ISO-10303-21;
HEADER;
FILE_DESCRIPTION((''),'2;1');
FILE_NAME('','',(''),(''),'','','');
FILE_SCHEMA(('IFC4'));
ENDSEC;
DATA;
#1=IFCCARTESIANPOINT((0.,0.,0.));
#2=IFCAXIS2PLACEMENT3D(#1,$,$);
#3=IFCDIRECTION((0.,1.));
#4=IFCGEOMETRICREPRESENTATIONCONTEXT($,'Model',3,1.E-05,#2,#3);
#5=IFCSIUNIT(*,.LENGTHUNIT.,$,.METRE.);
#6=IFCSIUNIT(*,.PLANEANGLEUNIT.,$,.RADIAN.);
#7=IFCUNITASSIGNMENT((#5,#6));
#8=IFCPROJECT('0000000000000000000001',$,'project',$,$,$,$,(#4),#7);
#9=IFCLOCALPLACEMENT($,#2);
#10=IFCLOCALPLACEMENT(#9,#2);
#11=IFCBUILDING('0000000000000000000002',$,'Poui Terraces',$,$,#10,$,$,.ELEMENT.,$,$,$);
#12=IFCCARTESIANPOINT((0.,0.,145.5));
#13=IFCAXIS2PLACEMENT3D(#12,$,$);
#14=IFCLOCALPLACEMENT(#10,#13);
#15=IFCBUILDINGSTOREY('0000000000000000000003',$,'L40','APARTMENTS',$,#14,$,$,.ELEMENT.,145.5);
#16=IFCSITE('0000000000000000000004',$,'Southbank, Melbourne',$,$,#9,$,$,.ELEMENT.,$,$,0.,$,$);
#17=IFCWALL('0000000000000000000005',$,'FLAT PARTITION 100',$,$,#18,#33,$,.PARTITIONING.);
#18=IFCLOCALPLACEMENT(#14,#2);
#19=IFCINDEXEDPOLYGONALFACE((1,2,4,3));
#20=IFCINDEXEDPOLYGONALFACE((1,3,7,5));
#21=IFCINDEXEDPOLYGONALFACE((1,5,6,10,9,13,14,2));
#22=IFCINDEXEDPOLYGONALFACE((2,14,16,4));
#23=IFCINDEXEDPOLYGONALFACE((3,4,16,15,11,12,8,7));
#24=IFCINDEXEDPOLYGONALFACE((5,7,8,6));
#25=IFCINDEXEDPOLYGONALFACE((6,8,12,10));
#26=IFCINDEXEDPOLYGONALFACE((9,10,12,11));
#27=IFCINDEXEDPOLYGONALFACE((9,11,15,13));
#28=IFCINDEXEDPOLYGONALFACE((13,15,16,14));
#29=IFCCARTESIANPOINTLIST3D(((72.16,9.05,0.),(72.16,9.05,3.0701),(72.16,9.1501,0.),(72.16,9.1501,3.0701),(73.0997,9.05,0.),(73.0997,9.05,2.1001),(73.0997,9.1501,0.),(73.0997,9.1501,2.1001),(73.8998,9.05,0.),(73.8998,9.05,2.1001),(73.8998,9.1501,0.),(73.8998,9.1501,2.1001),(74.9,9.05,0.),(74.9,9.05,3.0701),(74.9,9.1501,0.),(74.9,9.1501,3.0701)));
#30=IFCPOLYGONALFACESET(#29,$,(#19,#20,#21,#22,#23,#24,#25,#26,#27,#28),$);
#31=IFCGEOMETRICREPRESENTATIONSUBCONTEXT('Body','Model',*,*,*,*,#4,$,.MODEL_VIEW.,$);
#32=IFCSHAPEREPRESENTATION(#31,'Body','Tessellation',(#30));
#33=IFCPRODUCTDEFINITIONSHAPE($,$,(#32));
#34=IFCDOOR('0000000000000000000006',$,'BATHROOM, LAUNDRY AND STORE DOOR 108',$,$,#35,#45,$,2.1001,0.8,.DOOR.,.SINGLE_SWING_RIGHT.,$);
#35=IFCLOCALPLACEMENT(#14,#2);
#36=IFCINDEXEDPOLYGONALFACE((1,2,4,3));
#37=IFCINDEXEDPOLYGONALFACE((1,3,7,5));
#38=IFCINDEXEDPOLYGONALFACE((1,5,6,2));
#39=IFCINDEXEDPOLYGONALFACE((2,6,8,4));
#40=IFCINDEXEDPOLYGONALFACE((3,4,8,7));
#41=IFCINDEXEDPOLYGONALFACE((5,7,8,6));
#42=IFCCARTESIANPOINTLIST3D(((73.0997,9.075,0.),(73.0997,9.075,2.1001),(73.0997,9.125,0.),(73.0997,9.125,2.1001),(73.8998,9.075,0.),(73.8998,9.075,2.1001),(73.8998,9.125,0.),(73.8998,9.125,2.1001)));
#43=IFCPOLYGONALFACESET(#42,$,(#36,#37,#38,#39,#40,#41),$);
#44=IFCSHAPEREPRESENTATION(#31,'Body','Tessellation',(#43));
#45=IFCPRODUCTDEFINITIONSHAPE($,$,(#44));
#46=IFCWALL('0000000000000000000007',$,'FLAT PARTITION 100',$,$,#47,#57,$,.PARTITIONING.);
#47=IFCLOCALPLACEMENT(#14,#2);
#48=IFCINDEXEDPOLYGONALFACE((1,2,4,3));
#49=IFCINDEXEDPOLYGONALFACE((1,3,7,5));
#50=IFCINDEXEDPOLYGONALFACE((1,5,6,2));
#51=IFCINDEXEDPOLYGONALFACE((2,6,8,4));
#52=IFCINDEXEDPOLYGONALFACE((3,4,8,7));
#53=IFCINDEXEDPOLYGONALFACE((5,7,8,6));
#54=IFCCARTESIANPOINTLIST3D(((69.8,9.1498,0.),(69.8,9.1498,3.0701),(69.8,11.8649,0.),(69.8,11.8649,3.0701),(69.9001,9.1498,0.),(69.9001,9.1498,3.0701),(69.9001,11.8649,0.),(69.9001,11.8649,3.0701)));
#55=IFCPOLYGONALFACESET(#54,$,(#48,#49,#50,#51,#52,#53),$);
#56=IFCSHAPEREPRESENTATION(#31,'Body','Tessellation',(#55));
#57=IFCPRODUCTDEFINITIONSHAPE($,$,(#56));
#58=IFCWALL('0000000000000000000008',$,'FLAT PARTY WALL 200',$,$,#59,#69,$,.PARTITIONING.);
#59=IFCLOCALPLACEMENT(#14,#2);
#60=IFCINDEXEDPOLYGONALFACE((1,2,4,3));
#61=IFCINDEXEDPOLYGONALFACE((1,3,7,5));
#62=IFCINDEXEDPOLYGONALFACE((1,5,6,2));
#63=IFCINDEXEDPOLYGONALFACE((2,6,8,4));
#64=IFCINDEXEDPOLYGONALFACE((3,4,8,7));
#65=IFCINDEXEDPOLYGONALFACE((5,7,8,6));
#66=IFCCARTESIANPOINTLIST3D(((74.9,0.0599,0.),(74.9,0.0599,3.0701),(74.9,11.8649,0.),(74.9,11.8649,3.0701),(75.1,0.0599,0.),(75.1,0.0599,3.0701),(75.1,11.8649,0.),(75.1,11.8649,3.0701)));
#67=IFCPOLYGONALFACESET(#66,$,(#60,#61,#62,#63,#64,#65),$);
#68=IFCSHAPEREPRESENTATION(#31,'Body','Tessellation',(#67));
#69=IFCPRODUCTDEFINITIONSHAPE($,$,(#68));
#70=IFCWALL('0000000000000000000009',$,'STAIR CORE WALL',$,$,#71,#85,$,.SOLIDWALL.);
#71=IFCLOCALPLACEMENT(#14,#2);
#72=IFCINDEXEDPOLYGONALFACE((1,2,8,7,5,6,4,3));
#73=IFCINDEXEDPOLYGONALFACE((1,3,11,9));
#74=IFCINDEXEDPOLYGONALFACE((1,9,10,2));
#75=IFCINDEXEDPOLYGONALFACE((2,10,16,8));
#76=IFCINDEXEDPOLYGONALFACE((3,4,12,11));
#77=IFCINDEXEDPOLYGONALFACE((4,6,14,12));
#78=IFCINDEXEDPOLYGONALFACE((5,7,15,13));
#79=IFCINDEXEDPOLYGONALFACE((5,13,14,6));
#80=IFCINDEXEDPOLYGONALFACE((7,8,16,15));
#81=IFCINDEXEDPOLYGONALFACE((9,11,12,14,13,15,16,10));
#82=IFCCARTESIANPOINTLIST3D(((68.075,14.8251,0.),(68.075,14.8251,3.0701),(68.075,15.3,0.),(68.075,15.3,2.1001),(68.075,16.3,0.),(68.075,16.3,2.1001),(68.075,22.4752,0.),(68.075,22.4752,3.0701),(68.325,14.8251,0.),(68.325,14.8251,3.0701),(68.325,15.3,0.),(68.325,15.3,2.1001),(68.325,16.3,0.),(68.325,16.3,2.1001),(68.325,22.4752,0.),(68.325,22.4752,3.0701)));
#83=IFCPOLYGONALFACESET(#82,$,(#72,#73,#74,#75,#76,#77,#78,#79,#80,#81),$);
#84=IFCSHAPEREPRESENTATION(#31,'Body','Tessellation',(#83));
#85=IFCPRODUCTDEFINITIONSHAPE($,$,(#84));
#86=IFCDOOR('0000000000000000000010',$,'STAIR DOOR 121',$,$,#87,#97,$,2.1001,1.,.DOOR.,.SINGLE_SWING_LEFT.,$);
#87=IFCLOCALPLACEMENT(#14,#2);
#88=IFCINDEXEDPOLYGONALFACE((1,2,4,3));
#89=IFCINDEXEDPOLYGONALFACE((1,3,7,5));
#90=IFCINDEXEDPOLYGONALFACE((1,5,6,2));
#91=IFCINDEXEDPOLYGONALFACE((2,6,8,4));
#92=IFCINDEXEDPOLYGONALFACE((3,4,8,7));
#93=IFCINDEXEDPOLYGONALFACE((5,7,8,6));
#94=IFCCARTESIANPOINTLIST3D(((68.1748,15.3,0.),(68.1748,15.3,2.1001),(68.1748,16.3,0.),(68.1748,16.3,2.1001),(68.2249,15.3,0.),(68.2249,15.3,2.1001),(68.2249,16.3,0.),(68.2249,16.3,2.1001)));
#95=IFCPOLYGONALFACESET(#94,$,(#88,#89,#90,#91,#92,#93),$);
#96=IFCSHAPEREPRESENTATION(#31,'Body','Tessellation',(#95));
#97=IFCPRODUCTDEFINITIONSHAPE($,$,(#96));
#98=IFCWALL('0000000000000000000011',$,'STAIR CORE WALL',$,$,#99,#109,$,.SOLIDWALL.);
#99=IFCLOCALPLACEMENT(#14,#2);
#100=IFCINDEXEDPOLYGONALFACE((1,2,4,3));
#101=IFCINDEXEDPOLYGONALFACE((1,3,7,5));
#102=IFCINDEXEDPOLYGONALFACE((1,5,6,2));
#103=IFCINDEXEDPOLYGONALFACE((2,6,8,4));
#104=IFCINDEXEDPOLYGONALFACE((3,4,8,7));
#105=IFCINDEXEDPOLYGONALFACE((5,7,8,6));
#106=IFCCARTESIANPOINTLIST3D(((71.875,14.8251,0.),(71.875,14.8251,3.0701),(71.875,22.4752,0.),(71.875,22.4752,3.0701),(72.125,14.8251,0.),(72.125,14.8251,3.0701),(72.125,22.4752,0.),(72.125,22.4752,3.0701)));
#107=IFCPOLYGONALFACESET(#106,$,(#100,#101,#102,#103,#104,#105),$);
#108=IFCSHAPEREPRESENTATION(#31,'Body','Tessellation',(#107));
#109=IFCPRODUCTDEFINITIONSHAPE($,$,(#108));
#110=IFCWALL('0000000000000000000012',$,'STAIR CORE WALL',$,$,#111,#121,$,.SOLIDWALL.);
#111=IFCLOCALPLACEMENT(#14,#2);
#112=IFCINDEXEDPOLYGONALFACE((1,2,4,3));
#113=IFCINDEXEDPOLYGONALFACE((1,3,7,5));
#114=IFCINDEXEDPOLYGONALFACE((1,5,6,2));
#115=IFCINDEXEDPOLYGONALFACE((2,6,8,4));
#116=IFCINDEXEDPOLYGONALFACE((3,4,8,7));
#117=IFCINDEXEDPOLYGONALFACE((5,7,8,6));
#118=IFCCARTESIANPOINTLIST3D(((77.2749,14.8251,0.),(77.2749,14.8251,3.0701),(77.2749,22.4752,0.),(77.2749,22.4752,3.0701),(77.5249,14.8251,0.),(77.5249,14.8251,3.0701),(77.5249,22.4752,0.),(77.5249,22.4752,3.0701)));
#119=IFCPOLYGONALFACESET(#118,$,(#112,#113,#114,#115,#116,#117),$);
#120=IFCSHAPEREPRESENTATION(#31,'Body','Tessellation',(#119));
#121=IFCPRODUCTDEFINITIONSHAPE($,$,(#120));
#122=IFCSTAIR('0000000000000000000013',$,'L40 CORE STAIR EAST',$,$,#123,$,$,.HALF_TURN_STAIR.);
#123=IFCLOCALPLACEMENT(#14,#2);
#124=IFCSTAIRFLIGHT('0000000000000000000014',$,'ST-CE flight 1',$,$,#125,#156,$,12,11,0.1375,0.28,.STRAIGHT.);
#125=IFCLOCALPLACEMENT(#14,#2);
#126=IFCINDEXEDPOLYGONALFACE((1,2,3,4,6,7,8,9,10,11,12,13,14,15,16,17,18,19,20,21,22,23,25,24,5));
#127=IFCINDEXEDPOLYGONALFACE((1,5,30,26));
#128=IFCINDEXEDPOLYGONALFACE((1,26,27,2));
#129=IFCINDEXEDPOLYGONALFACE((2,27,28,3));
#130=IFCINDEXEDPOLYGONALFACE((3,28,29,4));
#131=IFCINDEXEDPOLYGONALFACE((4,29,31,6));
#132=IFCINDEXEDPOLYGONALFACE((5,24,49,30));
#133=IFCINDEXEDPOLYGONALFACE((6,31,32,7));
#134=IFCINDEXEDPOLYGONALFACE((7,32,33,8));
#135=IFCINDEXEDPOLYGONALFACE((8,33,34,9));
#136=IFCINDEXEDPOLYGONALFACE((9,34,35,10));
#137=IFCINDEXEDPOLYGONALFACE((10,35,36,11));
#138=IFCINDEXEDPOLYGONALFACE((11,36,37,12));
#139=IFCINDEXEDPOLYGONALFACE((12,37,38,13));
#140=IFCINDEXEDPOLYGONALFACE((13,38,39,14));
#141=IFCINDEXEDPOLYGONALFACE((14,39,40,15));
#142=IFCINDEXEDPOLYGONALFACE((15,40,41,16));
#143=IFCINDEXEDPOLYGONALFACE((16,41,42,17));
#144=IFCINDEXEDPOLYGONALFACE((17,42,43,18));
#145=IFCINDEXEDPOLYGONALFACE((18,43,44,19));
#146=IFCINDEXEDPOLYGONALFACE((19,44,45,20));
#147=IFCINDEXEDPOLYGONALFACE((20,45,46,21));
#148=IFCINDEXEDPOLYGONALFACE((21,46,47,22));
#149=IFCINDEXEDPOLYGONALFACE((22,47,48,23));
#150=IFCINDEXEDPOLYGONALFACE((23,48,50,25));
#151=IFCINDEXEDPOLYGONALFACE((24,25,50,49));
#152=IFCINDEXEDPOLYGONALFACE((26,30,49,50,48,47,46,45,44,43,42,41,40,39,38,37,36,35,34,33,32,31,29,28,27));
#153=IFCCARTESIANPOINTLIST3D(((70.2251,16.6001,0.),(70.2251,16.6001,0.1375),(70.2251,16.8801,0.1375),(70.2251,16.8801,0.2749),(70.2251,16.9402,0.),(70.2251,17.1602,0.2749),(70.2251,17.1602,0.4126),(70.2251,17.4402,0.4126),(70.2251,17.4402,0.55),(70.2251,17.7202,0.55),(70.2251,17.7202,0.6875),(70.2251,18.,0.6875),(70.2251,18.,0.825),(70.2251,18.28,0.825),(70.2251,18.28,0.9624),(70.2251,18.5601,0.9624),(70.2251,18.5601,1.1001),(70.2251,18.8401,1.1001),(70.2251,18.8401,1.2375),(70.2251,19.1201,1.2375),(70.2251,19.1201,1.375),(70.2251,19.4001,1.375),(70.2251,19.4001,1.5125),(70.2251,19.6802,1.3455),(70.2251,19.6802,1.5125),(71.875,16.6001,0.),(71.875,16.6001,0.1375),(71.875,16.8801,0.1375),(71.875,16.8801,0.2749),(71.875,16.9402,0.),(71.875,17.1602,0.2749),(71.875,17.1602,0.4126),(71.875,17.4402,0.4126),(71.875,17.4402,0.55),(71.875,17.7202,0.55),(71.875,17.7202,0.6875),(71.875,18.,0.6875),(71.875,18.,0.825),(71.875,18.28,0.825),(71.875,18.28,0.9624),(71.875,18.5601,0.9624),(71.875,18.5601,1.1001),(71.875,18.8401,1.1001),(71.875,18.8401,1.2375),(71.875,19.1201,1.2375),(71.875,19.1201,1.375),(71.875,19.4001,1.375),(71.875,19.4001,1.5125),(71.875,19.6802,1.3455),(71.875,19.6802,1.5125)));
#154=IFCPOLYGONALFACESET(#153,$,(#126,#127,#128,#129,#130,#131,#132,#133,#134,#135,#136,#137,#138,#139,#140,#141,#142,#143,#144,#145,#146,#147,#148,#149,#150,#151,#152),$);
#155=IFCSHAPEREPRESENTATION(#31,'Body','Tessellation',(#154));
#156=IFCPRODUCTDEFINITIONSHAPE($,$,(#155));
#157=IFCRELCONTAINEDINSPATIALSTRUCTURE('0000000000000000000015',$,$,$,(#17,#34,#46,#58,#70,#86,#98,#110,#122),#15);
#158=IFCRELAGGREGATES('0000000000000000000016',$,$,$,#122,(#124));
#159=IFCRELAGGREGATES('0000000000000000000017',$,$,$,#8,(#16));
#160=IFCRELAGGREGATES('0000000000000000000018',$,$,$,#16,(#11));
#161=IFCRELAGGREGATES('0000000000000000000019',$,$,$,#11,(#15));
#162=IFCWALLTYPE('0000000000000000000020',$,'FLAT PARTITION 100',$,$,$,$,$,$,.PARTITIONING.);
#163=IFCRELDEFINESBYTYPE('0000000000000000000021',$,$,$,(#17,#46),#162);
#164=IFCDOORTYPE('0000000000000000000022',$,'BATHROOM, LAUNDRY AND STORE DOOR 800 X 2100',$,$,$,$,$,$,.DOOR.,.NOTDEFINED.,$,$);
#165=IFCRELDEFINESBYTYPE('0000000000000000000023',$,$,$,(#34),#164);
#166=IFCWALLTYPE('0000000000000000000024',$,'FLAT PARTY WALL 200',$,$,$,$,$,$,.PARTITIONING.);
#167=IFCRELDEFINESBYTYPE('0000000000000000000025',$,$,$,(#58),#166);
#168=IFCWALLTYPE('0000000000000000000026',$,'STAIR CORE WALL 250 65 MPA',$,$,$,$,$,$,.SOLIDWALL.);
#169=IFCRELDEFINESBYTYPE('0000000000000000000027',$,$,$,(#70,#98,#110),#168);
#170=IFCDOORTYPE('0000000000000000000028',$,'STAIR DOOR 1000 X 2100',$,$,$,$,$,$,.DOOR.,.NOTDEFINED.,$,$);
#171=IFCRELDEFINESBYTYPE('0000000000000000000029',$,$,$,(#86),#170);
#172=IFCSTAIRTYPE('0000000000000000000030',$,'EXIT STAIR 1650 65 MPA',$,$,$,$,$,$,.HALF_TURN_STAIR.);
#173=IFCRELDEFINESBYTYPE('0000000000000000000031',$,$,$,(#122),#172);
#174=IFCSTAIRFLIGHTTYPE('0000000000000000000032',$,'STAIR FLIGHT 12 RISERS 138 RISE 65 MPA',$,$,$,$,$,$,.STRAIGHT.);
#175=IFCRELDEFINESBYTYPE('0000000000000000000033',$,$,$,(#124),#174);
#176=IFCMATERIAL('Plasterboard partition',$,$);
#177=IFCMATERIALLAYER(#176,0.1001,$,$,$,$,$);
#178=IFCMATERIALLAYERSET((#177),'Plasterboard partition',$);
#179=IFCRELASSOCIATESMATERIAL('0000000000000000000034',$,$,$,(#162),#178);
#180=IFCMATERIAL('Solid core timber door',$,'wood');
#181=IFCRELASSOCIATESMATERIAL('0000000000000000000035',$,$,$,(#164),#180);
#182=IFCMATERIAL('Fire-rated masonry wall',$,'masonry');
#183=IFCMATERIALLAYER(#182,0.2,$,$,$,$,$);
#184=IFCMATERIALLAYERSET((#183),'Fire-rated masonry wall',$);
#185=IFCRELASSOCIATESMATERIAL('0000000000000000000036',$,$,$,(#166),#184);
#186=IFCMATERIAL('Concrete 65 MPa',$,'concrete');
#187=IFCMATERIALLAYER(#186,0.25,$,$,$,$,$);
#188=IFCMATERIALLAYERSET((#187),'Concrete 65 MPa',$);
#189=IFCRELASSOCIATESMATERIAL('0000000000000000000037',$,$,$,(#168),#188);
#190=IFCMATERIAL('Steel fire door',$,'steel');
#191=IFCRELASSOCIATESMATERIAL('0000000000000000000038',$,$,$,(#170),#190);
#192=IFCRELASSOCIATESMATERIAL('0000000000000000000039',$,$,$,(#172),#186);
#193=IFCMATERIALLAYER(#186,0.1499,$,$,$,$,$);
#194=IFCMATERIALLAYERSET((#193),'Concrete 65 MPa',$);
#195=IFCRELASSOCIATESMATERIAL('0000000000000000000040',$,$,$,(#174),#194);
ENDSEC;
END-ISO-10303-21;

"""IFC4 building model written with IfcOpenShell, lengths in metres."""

from ifc_helpers import new_model, si_unit, direction, frame, frame_2d, origin, place, context, subcontext, project, spatial, polyline, rectangle, outline, extrude, material, layer, layer_set, type_object, element, fill, aggregate, save


model = new_model("IFC4")

# Units and contexts
model_context = context("Model", 3, precision=1e-05, world=origin(), true_north=direction((0.0, 1.0)))
body_context = subcontext(model_context, "Body", "Model", "MODEL_VIEW")
ifc_project = project(units=[si_unit("LENGTHUNIT", "METRE"), si_unit("PLANEANGLEUNIT", "RADIAN")], contexts=[model_context])

# Site, building, storey
site_placement = place(None, origin())
site = spatial("IfcSite", under=ifc_project, at=site_placement, Name="Southbank, Melbourne", CompositionType="ELEMENT", RefElevation=0.0)
building_placement = place(site_placement, origin())
building = spatial("IfcBuilding", under=site, at=building_placement, Name="Poui Terraces", CompositionType="ELEMENT")
storey_placement = place(building_placement, frame((0.0, 0.0, 145.5)))
storey = spatial("IfcBuildingStorey", under=building, at=storey_placement, Name="L40", Description="APARTMENTS", CompositionType="ELEMENT", Elevation=145.5)

# Shared definitions
ifc_material_1 = material(Name="Concrete 65 MPa", Category="concrete")

# Wall, opening, door
ifc_material_2 = material(Name="Solid core timber door", Category="wood")
ifc_material_3 = material(Name="Plasterboard partition")
ifc_layer_1 = layer(ifc_material_3, 0.1001)
ifc_layer_set_1 = layer_set([ifc_layer_1], Name="Plasterboard partition")
wall_type_1 = type_object("IfcWallType", Name="FLAT PARTITION 100", PredefinedType="PARTITIONING", material=ifc_layer_set_1)
door_type_1 = type_object("IfcDoorType", Name="BATHROOM, LAUNDRY AND STORE DOOR 800 X 2100", OperationType="NOTDEFINED", PredefinedType="DOOR", material=ifc_material_2)
wall_1_placement = place(storey_placement, frame((72.1599, 9.1001, 0.0), z_axis=(0.0, 0.0, 1.0), x_axis=(1.0, 0.0, 0.0)))
wall_1 = element("IfcWall", 1, at=wall_1_placement, inside=storey, type_object=wall_type_1, Name="FLAT PARTITION 100", PredefinedType="PARTITIONING", context=body_context, shape_type="SweptSolid", body=[
    extrude(rectangle(XDim=2.74, YDim=0.1001, at=frame_2d((1.3701, 0.0))), origin(), (0.0, 0.0, 1.0), 3.0701),
])
opening_1_placement = place(wall_1_placement, frame((0.9399, 0.0, 0.0)))
opening_1 = element("IfcOpeningElement", 2, at=opening_1_placement, cuts=wall_1, PredefinedType="OPENING", context=body_context, shape_type="SweptSolid", body=[
    extrude(rectangle(XDim=0.8, YDim=2.1001, at=frame_2d((0.3999, 1.05))), frame((0.0, 0.0601, 0.0), z_axis=(0.0, -1.0, 0.0), x_axis=(1.0, 0.0, 0.0)), (0.0, 0.0, 1.0), 0.1201),
])
door_1_placement = place(opening_1_placement, origin())
door_1 = element("IfcDoor", 3, at=door_1_placement, inside=storey, type_object=door_type_1, Name="BATHROOM, LAUNDRY AND STORE DOOR 108", OperationType="SINGLE_SWING_RIGHT", OverallHeight=2.1001, OverallWidth=0.8, PredefinedType="DOOR", context=body_context, shape_type="SweptSolid", body=[
    extrude(rectangle(XDim=0.8, YDim=2.1001, at=frame_2d((0.3999, 1.05))), frame((0.0, 0.0249, 0.0), z_axis=(0.0, -1.0, 0.0), x_axis=(1.0, 0.0, 0.0)), (0.0, 0.0, 1.0), 0.05),
])
fill(opening_1, door_1)

# Walls
wall_2_placement = place(storey_placement, frame((69.8501, 9.1499, 0.0), z_axis=(0.0, 0.0, 1.0), x_axis=(0.0, 1.0, 0.0)))
element("IfcWall", 4, at=wall_2_placement, inside=storey, type_object=wall_type_1, Name="FLAT PARTITION 100", PredefinedType="PARTITIONING", context=body_context, shape_type="SweptSolid", body=[
    extrude(rectangle(XDim=2.7151, YDim=0.1001, at=frame_2d((1.3574, 0.0))), origin(), (0.0, 0.0, 1.0), 3.0701),
])
ifc_material_4 = material(Name="Fire-rated masonry wall", Category="masonry")
ifc_layer_2 = layer(ifc_material_4, 0.2)
ifc_layer_set_2 = layer_set([ifc_layer_2], Name="Fire-rated masonry wall")
wall_type_2 = type_object("IfcWallType", Name="FLAT PARTY WALL 200", PredefinedType="PARTITIONING", material=ifc_layer_set_2)
wall_3_placement = place(storey_placement, frame((75.0, 0.0601, 0.0), z_axis=(0.0, 0.0, 1.0), x_axis=(0.0, 1.0, 0.0)))
element("IfcWall", 5, at=wall_3_placement, inside=storey, type_object=wall_type_2, Name="FLAT PARTY WALL 200", PredefinedType="PARTITIONING", context=body_context, shape_type="SweptSolid", body=[
    extrude(rectangle(XDim=11.8049, YDim=0.2, at=frame_2d((5.9023, 0.0))), origin(), (0.0, 0.0, 1.0), 3.0701),
])

# Wall, opening, door
ifc_layer_3 = layer(ifc_material_1, 0.25)
ifc_layer_set_3 = layer_set([ifc_layer_3], Name="Concrete 65 MPa")
wall_type_3 = type_object("IfcWallType", Name="STAIR CORE WALL 250 65 MPA", PredefinedType="SOLIDWALL", material=ifc_layer_set_3)
wall_4_placement = place(storey_placement, frame((68.2, 14.825, 0.0), z_axis=(0.0, 0.0, 1.0), x_axis=(0.0, 1.0, 0.0)))
wall_4 = element("IfcWall", 6, at=wall_4_placement, inside=storey, type_object=wall_type_3, Name="STAIR CORE WALL", PredefinedType="SOLIDWALL", context=body_context, shape_type="SweptSolid", body=[
    extrude(rectangle(XDim=7.6501, YDim=0.25, at=frame_2d((3.8252, 0.0))), origin(), (0.0, 0.0, 1.0), 3.0701),
])
opening_2_placement = place(wall_4_placement, frame((0.4751, 0.0, 0.0)))
opening_2 = element("IfcOpeningElement", 7, at=opening_2_placement, cuts=wall_4, PredefinedType="OPENING", context=body_context, shape_type="SweptSolid", body=[
    extrude(rectangle(XDim=1.0, YDim=2.1001, at=frame_2d((0.5, 1.05))), frame((0.0, 0.135, 0.0), z_axis=(0.0, -1.0, 0.0), x_axis=(1.0, 0.0, 0.0)), (0.0, 0.0, 1.0), 0.27),
])
ifc_material_5 = material(Name="Steel fire door", Category="steel")
door_type_2 = type_object("IfcDoorType", Name="STAIR DOOR 1000 X 2100", OperationType="NOTDEFINED", PredefinedType="DOOR", material=ifc_material_5)
door_2_placement = place(opening_2_placement, frame((1.0, 0.0, 0.0), z_axis=(0.0, 0.0, 1.0), x_axis=(-1.0, 0.0, 0.0)))
door_2 = element("IfcDoor", 8, at=door_2_placement, inside=storey, type_object=door_type_2, Name="STAIR DOOR 121", OperationType="SINGLE_SWING_LEFT", OverallHeight=2.1001, OverallWidth=1.0, PredefinedType="DOOR", context=body_context, shape_type="SweptSolid", body=[
    extrude(rectangle(XDim=1.0, YDim=2.1001, at=frame_2d((0.5, 1.05))), frame((0.0, 0.0249, 0.0), z_axis=(0.0, -1.0, 0.0), x_axis=(1.0, 0.0, 0.0)), (0.0, 0.0, 1.0), 0.05),
])
fill(opening_2, door_2)

# Walls
for number, where, z_axis, x_axis, name in (
    (9, (72.0, 14.825, 0.0), (0.0, 0.0, 1.0), (0.0, 1.0, 0.0), "STAIR CORE WALL"),
    (10, (77.3999, 14.825, 0.0), (0.0, 0.0, 1.0), (0.0, 1.0, 0.0), "STAIR CORE WALL"),
):
    element("IfcWall", number, at=place(storey_placement, frame(where, z_axis=z_axis, x_axis=x_axis)), inside=storey, type_object=wall_type_3, Name=name, PredefinedType="SOLIDWALL", context=body_context, shape_type="SweptSolid", body=[
        extrude(rectangle(XDim=7.6501, YDim=0.25, at=frame_2d((3.8252, 0.0))), origin(), (0.0, 0.0, 1.0), 3.0701),
    ])

# Stair, stair flight
stair_type = type_object("IfcStairType", Name="EXIT STAIR 1650 65 MPA", PredefinedType="HALF_TURN_STAIR", material=ifc_material_1)
stair_placement = place(storey_placement, origin())
stair = element("IfcStair", 11, at=stair_placement, inside=storey, type_object=stair_type, Name="L40 CORE STAIR EAST", PredefinedType="HALF_TURN_STAIR")
ifc_layer_4 = layer(ifc_material_1, 0.1499)
ifc_layer_set_4 = layer_set([ifc_layer_4], Name="Concrete 65 MPa")
stair_flight_type = type_object("IfcStairFlightType", Name="STAIR FLIGHT 12 RISERS 138 RISE 65 MPA", PredefinedType="STRAIGHT", material=ifc_layer_set_4)
stair_flight_1_placement = place(storey_placement, frame((71.05, 16.6001, 0.0), z_axis=(0.0, 0.0, 1.0), x_axis=(0.0, 1.0, 0.0)))
stair_flight_1 = element("IfcStairFlight", 12, at=stair_flight_1_placement, type_object=stair_flight_type, Name="ST-CE flight 1", NumberOfRisers=12, NumberOfTreads=11, PredefinedType="STRAIGHT", RiserHeight=0.1375, TreadLength=0.28, context=body_context, shape_type="SweptSolid", body=[
    extrude(outline(polyline([(0.0, 0.0), (0.0, 0.1375), (0.28, 0.1375), (0.28, 0.2749), (0.5601, 0.2749), (0.5601, 0.4126), (0.8401, 0.4126), (0.8401, 0.55), (1.1201, 0.55), (1.1201, 0.6875), (1.3999, 0.6875), (1.3999, 0.825), (1.6799, 0.825), (1.6799, 0.9624), (1.96, 0.9624), (1.96, 1.1001), (2.24, 1.1001), (2.24, 1.2375), (2.52, 1.2375), (2.52, 1.375), (2.8, 1.375), (2.8, 1.5125), (3.0801, 1.5125), (3.0801, 1.6499), (3.0801, 1.3455), (0.3401, 0.0), (0.0, 0.0)])), frame((0.0, 0.825, 0.0), z_axis=(0.0, -1.0, 0.0), x_axis=(1.0, 0.0, 0.0)), (0.0, 0.0, 1.0), 1.6499),
])
aggregate(stair, [stair_flight_1])

save(model, "model.ifc")
